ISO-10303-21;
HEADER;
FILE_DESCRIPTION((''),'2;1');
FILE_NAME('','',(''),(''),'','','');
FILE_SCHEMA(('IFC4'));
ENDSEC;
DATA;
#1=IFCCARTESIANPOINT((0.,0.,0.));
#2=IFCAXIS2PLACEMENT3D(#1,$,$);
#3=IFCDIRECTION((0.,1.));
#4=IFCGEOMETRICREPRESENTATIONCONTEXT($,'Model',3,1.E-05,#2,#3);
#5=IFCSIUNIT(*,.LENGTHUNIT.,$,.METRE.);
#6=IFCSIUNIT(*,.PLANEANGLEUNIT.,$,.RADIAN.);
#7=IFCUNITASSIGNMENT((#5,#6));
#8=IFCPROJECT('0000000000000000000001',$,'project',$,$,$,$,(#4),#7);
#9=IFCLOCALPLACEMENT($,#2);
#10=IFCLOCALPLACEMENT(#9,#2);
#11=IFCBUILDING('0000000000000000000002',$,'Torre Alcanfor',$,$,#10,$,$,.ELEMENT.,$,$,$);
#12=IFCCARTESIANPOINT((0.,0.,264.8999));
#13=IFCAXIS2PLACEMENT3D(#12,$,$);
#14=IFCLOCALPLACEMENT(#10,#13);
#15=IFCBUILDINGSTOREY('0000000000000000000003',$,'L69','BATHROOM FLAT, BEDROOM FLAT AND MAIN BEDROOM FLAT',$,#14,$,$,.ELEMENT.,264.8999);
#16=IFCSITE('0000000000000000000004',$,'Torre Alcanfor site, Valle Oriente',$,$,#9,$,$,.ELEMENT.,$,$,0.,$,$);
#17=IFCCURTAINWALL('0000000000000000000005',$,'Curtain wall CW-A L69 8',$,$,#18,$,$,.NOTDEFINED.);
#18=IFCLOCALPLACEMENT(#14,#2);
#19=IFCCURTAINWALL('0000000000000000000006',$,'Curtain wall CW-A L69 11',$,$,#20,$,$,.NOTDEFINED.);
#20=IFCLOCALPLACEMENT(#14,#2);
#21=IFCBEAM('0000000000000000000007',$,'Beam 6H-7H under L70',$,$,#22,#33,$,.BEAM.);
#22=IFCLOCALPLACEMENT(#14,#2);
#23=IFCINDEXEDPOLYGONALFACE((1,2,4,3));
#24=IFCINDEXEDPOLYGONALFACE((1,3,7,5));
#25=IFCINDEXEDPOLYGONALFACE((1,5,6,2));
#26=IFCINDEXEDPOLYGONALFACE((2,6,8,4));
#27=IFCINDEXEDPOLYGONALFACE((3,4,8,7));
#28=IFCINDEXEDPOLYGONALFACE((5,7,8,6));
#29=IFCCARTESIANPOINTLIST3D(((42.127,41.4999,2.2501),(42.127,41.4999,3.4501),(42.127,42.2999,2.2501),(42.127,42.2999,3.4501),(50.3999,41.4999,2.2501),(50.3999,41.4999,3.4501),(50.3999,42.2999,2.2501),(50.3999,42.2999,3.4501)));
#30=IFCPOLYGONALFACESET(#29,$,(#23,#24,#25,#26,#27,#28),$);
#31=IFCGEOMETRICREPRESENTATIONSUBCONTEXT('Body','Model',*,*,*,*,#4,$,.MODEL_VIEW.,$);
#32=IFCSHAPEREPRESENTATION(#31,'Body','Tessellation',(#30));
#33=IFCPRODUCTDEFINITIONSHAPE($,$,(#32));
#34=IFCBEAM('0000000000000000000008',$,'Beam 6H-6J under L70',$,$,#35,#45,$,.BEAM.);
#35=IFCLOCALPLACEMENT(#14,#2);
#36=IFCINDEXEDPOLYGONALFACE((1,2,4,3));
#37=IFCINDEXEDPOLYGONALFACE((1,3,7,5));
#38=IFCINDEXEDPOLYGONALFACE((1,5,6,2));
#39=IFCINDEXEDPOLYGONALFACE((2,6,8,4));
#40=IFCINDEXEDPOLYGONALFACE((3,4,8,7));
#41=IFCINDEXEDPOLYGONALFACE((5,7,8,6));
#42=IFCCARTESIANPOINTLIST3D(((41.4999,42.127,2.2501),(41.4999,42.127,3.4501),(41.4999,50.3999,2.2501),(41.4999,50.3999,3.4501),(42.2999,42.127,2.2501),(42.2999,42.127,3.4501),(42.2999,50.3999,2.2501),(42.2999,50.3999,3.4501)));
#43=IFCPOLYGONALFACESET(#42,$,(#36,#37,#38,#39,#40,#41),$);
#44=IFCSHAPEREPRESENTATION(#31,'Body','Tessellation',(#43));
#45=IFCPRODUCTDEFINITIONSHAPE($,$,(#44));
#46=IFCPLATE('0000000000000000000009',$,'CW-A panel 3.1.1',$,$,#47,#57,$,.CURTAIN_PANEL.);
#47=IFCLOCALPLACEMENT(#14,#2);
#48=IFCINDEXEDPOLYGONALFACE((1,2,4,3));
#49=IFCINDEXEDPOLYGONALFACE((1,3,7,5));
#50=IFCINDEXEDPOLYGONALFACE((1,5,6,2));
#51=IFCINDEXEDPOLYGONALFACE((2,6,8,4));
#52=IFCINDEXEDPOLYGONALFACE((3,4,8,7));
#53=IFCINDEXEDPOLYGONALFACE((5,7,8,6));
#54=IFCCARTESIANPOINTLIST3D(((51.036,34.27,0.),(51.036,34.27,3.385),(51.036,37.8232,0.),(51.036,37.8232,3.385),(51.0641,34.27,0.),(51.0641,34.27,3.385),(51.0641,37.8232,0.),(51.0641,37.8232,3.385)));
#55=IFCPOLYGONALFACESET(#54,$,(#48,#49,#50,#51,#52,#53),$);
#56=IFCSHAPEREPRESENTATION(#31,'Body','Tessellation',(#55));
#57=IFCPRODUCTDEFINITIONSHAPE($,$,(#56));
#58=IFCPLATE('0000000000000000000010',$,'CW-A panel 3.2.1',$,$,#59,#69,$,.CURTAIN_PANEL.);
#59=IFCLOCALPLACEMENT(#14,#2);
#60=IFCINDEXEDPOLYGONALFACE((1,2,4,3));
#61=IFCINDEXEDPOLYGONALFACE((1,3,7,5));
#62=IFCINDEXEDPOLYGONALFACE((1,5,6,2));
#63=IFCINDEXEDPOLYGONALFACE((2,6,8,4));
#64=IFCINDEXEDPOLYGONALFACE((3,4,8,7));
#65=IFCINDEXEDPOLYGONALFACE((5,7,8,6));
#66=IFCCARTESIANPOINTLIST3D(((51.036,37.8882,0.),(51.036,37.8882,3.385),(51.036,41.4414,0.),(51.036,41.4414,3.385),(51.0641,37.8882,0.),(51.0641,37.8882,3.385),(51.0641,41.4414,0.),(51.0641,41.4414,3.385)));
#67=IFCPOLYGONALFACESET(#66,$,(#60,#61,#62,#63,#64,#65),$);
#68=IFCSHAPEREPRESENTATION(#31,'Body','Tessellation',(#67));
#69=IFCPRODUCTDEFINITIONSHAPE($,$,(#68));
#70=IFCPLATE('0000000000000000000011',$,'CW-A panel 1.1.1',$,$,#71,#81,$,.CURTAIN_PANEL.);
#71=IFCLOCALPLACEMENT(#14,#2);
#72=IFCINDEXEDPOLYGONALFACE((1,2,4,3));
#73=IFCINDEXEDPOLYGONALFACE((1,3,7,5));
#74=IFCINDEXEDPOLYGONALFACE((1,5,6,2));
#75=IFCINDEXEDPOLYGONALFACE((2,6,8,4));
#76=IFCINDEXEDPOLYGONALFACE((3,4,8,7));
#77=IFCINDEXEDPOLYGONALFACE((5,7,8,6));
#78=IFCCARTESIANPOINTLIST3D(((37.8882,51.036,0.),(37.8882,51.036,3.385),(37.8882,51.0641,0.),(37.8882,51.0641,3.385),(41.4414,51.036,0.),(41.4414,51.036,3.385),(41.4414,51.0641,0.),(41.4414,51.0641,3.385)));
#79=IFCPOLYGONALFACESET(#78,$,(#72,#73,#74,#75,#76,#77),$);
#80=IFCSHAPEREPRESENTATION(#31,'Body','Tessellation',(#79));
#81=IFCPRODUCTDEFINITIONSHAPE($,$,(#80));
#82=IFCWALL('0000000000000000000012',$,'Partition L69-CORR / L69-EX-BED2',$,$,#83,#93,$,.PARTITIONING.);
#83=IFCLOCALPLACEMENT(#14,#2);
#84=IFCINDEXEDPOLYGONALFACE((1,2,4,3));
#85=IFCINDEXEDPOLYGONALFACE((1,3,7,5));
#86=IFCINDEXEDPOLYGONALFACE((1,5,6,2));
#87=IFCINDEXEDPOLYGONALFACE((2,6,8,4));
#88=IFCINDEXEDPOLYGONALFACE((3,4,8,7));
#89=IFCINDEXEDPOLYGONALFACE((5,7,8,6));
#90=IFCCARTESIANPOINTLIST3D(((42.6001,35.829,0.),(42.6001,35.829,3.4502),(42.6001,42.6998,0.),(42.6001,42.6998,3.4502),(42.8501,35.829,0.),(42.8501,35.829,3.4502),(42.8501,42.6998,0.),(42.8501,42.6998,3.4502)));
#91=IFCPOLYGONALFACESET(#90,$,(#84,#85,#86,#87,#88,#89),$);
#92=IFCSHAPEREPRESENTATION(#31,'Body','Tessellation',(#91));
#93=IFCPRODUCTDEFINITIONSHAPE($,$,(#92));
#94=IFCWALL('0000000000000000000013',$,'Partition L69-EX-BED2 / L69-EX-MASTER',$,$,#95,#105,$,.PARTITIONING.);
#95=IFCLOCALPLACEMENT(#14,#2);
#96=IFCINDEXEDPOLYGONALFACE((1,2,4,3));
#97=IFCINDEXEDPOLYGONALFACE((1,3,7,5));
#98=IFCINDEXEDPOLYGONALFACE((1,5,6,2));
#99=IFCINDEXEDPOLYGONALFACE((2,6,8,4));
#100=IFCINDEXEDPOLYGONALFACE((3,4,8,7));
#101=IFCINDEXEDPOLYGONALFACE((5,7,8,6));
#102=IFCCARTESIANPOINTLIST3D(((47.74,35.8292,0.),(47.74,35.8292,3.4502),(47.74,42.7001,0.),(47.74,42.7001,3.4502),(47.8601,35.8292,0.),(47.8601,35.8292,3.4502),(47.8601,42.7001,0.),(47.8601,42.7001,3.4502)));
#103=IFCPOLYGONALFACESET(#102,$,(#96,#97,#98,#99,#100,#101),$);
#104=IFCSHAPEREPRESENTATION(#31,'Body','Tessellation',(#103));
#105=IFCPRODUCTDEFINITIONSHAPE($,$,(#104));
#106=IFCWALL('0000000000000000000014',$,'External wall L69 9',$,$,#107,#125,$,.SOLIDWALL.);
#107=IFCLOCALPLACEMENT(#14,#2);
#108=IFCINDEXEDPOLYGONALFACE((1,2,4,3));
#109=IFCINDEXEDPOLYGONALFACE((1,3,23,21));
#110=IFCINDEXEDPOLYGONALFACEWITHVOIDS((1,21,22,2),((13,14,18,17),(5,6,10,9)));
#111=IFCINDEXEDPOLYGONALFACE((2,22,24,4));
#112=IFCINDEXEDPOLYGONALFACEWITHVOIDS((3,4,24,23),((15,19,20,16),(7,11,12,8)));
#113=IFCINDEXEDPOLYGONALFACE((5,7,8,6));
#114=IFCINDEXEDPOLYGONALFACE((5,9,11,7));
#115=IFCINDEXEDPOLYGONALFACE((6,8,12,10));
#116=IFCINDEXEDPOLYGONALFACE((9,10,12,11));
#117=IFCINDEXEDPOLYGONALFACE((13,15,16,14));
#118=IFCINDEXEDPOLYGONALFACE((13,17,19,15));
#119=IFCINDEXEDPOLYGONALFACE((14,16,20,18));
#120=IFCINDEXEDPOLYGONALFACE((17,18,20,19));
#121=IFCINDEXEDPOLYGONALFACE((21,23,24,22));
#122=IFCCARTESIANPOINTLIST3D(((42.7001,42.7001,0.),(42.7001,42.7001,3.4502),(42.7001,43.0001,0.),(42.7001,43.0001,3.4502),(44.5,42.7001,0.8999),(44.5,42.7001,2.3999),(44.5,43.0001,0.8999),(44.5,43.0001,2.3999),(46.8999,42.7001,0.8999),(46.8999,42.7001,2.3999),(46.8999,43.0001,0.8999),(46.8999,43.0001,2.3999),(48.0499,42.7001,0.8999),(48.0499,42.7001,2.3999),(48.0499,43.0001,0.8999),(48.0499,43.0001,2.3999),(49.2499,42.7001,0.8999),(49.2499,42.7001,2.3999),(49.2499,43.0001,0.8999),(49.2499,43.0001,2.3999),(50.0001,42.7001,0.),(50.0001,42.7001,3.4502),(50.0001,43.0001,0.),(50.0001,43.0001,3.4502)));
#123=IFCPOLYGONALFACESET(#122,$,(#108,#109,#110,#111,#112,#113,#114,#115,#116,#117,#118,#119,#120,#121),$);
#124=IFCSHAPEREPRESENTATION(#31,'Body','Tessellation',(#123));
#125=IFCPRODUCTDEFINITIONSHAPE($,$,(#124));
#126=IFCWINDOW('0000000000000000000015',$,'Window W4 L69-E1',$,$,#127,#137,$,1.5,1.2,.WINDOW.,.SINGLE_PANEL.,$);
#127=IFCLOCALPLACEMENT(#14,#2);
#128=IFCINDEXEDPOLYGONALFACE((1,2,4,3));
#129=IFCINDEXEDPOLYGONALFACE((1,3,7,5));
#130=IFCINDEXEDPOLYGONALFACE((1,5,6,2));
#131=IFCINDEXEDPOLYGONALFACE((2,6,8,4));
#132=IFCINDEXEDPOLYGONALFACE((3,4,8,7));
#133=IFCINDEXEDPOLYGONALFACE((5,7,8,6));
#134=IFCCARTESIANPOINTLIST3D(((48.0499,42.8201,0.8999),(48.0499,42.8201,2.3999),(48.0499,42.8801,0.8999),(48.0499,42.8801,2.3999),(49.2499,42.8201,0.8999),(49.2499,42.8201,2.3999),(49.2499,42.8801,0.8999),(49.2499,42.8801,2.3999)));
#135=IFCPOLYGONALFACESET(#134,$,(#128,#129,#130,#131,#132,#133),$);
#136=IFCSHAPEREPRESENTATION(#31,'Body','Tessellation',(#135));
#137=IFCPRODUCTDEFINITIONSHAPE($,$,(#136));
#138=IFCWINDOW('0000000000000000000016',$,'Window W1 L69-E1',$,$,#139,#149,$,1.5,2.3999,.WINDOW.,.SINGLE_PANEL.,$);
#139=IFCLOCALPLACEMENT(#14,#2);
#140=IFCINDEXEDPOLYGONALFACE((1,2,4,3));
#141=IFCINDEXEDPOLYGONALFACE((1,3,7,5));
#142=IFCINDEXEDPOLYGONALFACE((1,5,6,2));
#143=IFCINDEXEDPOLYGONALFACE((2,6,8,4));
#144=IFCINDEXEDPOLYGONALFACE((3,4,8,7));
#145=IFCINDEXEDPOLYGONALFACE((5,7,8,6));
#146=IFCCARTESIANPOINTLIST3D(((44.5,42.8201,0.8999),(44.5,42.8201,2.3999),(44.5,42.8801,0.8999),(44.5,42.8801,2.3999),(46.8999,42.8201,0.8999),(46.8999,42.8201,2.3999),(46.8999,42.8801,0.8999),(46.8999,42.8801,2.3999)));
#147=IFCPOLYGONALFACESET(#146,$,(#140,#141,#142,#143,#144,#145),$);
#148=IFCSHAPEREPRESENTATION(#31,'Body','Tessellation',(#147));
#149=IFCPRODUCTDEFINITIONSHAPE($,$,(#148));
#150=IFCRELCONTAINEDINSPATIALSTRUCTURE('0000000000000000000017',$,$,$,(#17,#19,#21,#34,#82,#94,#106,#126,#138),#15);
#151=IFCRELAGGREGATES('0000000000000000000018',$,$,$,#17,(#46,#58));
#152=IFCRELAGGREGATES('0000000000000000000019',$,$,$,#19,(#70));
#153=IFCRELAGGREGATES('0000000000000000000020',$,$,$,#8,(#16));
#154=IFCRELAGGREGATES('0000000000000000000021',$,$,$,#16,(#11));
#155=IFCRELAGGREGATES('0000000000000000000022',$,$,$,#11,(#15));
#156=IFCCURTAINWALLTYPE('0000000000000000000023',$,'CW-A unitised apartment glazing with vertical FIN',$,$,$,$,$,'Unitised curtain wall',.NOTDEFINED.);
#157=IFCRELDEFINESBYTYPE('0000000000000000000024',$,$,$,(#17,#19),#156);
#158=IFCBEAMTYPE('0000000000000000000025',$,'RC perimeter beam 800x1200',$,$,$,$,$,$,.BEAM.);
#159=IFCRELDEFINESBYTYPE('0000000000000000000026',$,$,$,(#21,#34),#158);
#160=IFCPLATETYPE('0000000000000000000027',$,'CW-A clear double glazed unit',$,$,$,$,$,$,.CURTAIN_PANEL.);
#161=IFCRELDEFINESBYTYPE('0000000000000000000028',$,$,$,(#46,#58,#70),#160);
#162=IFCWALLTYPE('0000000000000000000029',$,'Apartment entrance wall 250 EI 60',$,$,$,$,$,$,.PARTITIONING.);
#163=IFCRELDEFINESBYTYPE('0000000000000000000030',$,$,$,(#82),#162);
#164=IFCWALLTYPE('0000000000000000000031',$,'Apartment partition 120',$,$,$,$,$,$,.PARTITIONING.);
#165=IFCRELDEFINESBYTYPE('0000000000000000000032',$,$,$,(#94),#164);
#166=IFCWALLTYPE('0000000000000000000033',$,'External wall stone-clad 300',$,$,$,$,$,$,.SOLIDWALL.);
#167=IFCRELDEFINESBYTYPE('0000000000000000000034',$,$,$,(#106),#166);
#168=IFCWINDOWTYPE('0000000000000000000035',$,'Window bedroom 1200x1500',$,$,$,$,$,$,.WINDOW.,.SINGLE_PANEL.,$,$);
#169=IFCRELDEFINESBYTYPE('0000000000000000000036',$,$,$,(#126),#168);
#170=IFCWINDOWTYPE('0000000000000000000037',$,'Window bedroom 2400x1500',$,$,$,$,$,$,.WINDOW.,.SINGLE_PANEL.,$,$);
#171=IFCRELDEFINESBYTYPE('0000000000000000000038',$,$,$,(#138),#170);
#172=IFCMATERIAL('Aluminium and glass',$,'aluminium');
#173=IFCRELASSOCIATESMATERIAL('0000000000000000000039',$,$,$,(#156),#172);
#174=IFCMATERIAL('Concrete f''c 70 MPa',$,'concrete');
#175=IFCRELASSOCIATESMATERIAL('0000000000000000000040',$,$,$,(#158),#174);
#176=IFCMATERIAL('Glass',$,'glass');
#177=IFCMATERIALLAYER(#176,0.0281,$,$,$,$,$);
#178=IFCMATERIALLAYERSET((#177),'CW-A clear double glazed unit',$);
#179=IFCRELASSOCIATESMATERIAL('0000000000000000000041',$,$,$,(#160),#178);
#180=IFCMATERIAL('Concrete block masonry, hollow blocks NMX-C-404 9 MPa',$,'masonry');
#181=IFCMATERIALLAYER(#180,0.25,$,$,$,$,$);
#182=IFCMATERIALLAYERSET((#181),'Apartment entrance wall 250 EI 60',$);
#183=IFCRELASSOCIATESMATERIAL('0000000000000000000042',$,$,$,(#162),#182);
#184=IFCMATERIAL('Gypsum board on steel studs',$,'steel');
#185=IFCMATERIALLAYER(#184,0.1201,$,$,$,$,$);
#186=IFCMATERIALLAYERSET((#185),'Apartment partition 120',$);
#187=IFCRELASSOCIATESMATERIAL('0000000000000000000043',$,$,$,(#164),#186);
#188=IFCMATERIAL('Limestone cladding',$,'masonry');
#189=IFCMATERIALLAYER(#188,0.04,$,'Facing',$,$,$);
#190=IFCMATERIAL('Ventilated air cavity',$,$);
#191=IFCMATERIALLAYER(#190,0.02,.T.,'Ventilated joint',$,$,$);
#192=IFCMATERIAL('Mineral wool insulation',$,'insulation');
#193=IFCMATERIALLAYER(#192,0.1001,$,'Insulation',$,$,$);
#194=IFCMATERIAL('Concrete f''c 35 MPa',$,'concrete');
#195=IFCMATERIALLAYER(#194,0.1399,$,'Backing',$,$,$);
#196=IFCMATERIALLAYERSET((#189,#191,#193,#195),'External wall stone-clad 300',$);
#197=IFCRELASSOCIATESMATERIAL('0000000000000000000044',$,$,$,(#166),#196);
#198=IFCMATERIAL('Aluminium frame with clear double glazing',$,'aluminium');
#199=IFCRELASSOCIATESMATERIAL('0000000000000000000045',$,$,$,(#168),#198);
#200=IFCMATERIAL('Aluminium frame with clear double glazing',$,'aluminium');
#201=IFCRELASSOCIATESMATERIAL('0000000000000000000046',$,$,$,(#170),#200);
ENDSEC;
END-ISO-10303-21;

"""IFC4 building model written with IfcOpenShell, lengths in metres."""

from ifc_helpers import new_model, si_unit, direction, frame, frame_2d, origin, origin_2d, place, context, subcontext, project, spatial, rectangle, extrude, material, layer, layer_set, material_profile, profile_set, type_object, element, fill, aggregate, save


model = new_model("IFC4")

# Units and contexts
model_context = context("Model", 3, precision=1e-05, world=origin(), true_north=direction((0.0, 1.0)))
body_context = subcontext(model_context, "Body", "Model", "MODEL_VIEW")
ifc_project = project(units=[si_unit("LENGTHUNIT", "METRE"), si_unit("PLANEANGLEUNIT", "RADIAN")], contexts=[model_context])

# Site, building, storey
site_placement = place(None, origin())
site = spatial("IfcSite", under=ifc_project, at=site_placement, Name="Torre Alcanfor site, Valle Oriente", CompositionType="ELEMENT", RefElevation=0.0)
building_placement = place(site_placement, origin())
building = spatial("IfcBuilding", under=site, at=building_placement, Name="Torre Alcanfor", CompositionType="ELEMENT")
storey_placement = place(building_placement, frame((0.0, 0.0, 264.8999)))
storey = spatial("IfcBuildingStorey", under=building, at=storey_placement, Name="L69", Description="BATHROOM FLAT, BEDROOM FLAT AND MAIN BEDROOM FLAT", CompositionType="ELEMENT", Elevation=264.8999)

# Curtain wall
ifc_material_1 = material(Name="Aluminium and glass", Category="aluminium")
curtain_wall_type = type_object("IfcCurtainWallType", Name="CW-A unitised apartment glazing with vertical FIN", ElementType="Unitised curtain wall", PredefinedType="NOTDEFINED", material=ifc_material_1)
curtain_wall_1_placement = place(storey_placement, origin())
curtain_wall_1 = element("IfcCurtainWall", 1, at=curtain_wall_1_placement, inside=storey, type_object=curtain_wall_type, Name="Curtain wall CW-A L69 8", PredefinedType="NOTDEFINED")

# Curtain wall
curtain_wall_2_placement = place(storey_placement, origin())
curtain_wall_2 = element("IfcCurtainWall", 2, at=curtain_wall_2_placement, inside=storey, type_object=curtain_wall_type, Name="Curtain wall CW-A L69 11", PredefinedType="NOTDEFINED")

# Beams
ifc_material_2 = material(Name="Concrete f'c 70 MPa", Category="concrete")
ifc_material_profile_1 = material_profile(ifc_material_2, rectangle(XDim=0.8, YDim=1.2, at=origin_2d()), Name="800x1200")
ifc_profile_set_1 = profile_set([ifc_material_profile_1], Name="Concrete f'c 70 MPa")
beam_type = type_object("IfcBeamType", Name="RC perimeter beam 800x1200", PredefinedType="BEAM", material=ifc_profile_set_1)
for number, where, z_axis, x_axis, name in (
    (3, (42.127, 41.8999, 2.8501), (1.0, 0.0, 0.0), (0.0, 1.0, 0.0), "Beam 6H-7H under L70"),
    (4, (41.8999, 42.127, 2.8501), (0.0, 1.0, 0.0), (-1.0, 0.0, 0.0), "Beam 6H-6J under L70"),
):
    element("IfcBeam", number, at=place(storey_placement, frame(where, z_axis=z_axis, x_axis=x_axis)), inside=storey, type_object=beam_type, Name=name, PredefinedType="BEAM", context=body_context, shape_type="SweptSolid", body=[
        extrude(rectangle(XDim=0.8, YDim=1.2, at=origin_2d()), origin(), (0.0, 0.0, 1.0), 8.2729),
    ])

# Plates
ifc_material_3 = material(Name="Glass", Category="glass")
ifc_layer_1 = layer(ifc_material_3, 0.0281)
ifc_layer_set_1 = layer_set([ifc_layer_1], Name="CW-A clear double glazed unit")
plate_type = type_object("IfcPlateType", Name="CW-A clear double glazed unit", PredefinedType="CURTAIN_PANEL", material=ifc_layer_set_1)
plate_1_placement = place(storey_placement, frame((51.05, 36.0466, 0.0), z_axis=(0.0, 0.0, 1.0), x_axis=(0.0, 1.0, 0.0)))
plate_1 = element("IfcPlate", 5, at=plate_1_placement, type_object=plate_type, Name="CW-A panel 3.1.1", PredefinedType="CURTAIN_PANEL", context=body_context, shape_type="SweptSolid", body=[
    extrude(rectangle(XDim=3.5532, YDim=0.0281, at=origin_2d()), origin(), (0.0, 0.0, 1.0), 3.385),
])
plate_2_placement = place(storey_placement, frame((51.05, 39.6648, 0.0), z_axis=(0.0, 0.0, 1.0), x_axis=(0.0, 1.0, 0.0)))
plate_2 = element("IfcPlate", 6, at=plate_2_placement, type_object=plate_type, Name="CW-A panel 3.2.1", PredefinedType="CURTAIN_PANEL", context=body_context, shape_type="SweptSolid", body=[
    extrude(rectangle(XDim=3.5532, YDim=0.0281, at=origin_2d()), origin(), (0.0, 0.0, 1.0), 3.385),
])
aggregate(curtain_wall_1, [plate_1, plate_2])
plate_3_placement = place(storey_placement, frame((39.6648, 51.05, 0.0), z_axis=(0.0, 0.0, 1.0), x_axis=(-1.0, 0.0, 0.0)))
plate_3 = element("IfcPlate", 7, at=plate_3_placement, type_object=plate_type, Name="CW-A panel 1.1.1", PredefinedType="CURTAIN_PANEL", context=body_context, shape_type="SweptSolid", body=[
    extrude(rectangle(XDim=3.5532, YDim=0.0281, at=origin_2d()), origin(), (0.0, 0.0, 1.0), 3.385),
])
aggregate(curtain_wall_2, [plate_3])

# Walls
ifc_material_4 = material(Name="Concrete block masonry, hollow blocks NMX-C-404 9 MPa", Category="masonry")
ifc_layer_2 = layer(ifc_material_4, 0.25)
ifc_layer_set_2 = layer_set([ifc_layer_2], Name="Apartment entrance wall 250 EI 60")
wall_type_1 = type_object("IfcWallType", Name="Apartment entrance wall 250 EI 60", PredefinedType="PARTITIONING", material=ifc_layer_set_2)
wall_1_placement = place(storey_placement, frame((42.7251, 42.7, 0.0), z_axis=(0.0, 0.0, 1.0), x_axis=(0.0, -1.0, 0.0)))
element("IfcWall", 8, at=wall_1_placement, inside=storey, type_object=wall_type_1, Name="Partition L69-CORR / L69-EX-BED2", PredefinedType="PARTITIONING", context=body_context, shape_type="SweptSolid", body=[
    extrude(rectangle(XDim=6.8708, YDim=0.25, at=frame_2d((3.4355, 0.0))), origin(), (0.0, 0.0, 1.0), 3.4502),
])
ifc_material_5 = material(Name="Gypsum board on steel studs", Category="steel")
ifc_layer_3 = layer(ifc_material_5, 0.1201)
ifc_layer_set_3 = layer_set([ifc_layer_3], Name="Apartment partition 120")
wall_type_2 = type_object("IfcWallType", Name="Apartment partition 120", PredefinedType="PARTITIONING", material=ifc_layer_set_3)
wall_2_placement = place(storey_placement, frame((47.8, 35.8291, 0.0), z_axis=(0.0, 0.0, 1.0), x_axis=(0.0, 1.0, 0.0)))
element("IfcWall", 9, at=wall_2_placement, inside=storey, type_object=wall_type_2, Name="Partition L69-EX-BED2 / L69-EX-MASTER", PredefinedType="PARTITIONING", context=body_context, shape_type="SweptSolid", body=[
    extrude(rectangle(XDim=6.8708, YDim=0.1201, at=frame_2d((3.4355, 0.0))), origin(), (0.0, 0.0, 1.0), 3.4502),
])

# Wall, openings, windows
ifc_material_6 = material(Name="Limestone cladding", Category="masonry")
ifc_layer_4 = layer(ifc_material_6, 0.04, Name="Facing")
ifc_material_7 = material(Name="Ventilated air cavity")
ifc_layer_5 = layer(ifc_material_7, 0.02, ventilated=True, Name="Ventilated joint")
ifc_material_8 = material(Name="Mineral wool insulation", Category="insulation")
ifc_layer_6 = layer(ifc_material_8, 0.1001, Name="Insulation")
ifc_material_9 = material(Name="Concrete f'c 35 MPa", Category="concrete")
ifc_layer_7 = layer(ifc_material_9, 0.1399, Name="Backing")
ifc_layer_set_4 = layer_set([ifc_layer_4, ifc_layer_5, ifc_layer_6, ifc_layer_7], Name="External wall stone-clad 300")
wall_type_3 = type_object("IfcWallType", Name="External wall stone-clad 300", PredefinedType="SOLIDWALL", material=ifc_layer_set_4)
wall_3_placement = place(storey_placement, frame((50.0, 42.8501, 0.0), z_axis=(0.0, 0.0, 1.0), x_axis=(-1.0, 0.0, 0.0)))
wall_3 = element("IfcWall", 10, at=wall_3_placement, inside=storey, type_object=wall_type_3, Name="External wall L69 9", PredefinedType="SOLIDWALL", context=body_context, shape_type="SweptSolid", body=[
    extrude(rectangle(XDim=7.3, YDim=0.3, at=frame_2d((3.6499, 0.0))), origin(), (0.0, 0.0, 1.0), 3.4502),
])
opening_1_placement = place(wall_3_placement, frame((3.1001, 0.0, 0.8999)))
opening_1 = element("IfcOpeningElement", 11, at=opening_1_placement, cuts=wall_3, PredefinedType="OPENING", context=body_context, shape_type="SweptSolid", body=[
    extrude(rectangle(XDim=2.3999, YDim=1.5, at=frame_2d((1.2, 0.75))), frame((0.0, 0.1599, 0.0), z_axis=(0.0, -1.0, 0.0), x_axis=(1.0, 0.0, 0.0)), (0.0, 0.0, 1.0), 0.3201),
])
opening_2_placement = place(wall_3_placement, frame((0.75, 0.0, 0.8999)))
opening_2 = element("IfcOpeningElement", 12, at=opening_2_placement, cuts=wall_3, PredefinedType="OPENING", context=body_context, shape_type="SweptSolid", body=[
    extrude(rectangle(XDim=1.2, YDim=1.5, at=frame_2d((0.6001, 0.75))), frame((0.0, 0.1599, 0.0), z_axis=(0.0, -1.0, 0.0), x_axis=(1.0, 0.0, 0.0)), (0.0, 0.0, 1.0), 0.3201),
])
ifc_material_10 = material(Name="Aluminium frame with clear double glazing", Category="aluminium")
window_type_1 = type_object("IfcWindowType", Name="Window bedroom 1200x1500", PartitioningType="SINGLE_PANEL", PredefinedType="WINDOW", material=ifc_material_10)
window_1_placement = place(opening_2_placement, origin())
window_1 = element("IfcWindow", 13, at=window_1_placement, inside=storey, type_object=window_type_1, Name="Window W4 L69-E1", OverallHeight=1.5, OverallWidth=1.2, PartitioningType="SINGLE_PANEL", PredefinedType="WINDOW", context=body_context, shape_type="SweptSolid", body=[
    extrude(rectangle(XDim=1.2, YDim=1.5, at=frame_2d((0.6001, 0.75))), frame((0.0, 0.03, 0.0), z_axis=(0.0, -1.0, 0.0), x_axis=(1.0, 0.0, 0.0)), (0.0, 0.0, 1.0), 0.0601),
])
fill(opening_2, window_1)
ifc_material_11 = material(Name="Aluminium frame with clear double glazing", Category="aluminium")
window_type_2 = type_object("IfcWindowType", Name="Window bedroom 2400x1500", PartitioningType="SINGLE_PANEL", PredefinedType="WINDOW", material=ifc_material_11)
window_2_placement = place(opening_1_placement, origin())
window_2 = element("IfcWindow", 14, at=window_2_placement, inside=storey, type_object=window_type_2, Name="Window W1 L69-E1", OverallHeight=1.5, OverallWidth=2.3999, PartitioningType="SINGLE_PANEL", PredefinedType="WINDOW", context=body_context, shape_type="SweptSolid", body=[
    extrude(rectangle(XDim=2.3999, YDim=1.5, at=frame_2d((1.2, 0.75))), frame((0.0, 0.03, 0.0), z_axis=(0.0, -1.0, 0.0), x_axis=(1.0, 0.0, 0.0)), (0.0, 0.0, 1.0), 0.0601),
])
fill(opening_1, window_2)

save(model, "model.ifc")
